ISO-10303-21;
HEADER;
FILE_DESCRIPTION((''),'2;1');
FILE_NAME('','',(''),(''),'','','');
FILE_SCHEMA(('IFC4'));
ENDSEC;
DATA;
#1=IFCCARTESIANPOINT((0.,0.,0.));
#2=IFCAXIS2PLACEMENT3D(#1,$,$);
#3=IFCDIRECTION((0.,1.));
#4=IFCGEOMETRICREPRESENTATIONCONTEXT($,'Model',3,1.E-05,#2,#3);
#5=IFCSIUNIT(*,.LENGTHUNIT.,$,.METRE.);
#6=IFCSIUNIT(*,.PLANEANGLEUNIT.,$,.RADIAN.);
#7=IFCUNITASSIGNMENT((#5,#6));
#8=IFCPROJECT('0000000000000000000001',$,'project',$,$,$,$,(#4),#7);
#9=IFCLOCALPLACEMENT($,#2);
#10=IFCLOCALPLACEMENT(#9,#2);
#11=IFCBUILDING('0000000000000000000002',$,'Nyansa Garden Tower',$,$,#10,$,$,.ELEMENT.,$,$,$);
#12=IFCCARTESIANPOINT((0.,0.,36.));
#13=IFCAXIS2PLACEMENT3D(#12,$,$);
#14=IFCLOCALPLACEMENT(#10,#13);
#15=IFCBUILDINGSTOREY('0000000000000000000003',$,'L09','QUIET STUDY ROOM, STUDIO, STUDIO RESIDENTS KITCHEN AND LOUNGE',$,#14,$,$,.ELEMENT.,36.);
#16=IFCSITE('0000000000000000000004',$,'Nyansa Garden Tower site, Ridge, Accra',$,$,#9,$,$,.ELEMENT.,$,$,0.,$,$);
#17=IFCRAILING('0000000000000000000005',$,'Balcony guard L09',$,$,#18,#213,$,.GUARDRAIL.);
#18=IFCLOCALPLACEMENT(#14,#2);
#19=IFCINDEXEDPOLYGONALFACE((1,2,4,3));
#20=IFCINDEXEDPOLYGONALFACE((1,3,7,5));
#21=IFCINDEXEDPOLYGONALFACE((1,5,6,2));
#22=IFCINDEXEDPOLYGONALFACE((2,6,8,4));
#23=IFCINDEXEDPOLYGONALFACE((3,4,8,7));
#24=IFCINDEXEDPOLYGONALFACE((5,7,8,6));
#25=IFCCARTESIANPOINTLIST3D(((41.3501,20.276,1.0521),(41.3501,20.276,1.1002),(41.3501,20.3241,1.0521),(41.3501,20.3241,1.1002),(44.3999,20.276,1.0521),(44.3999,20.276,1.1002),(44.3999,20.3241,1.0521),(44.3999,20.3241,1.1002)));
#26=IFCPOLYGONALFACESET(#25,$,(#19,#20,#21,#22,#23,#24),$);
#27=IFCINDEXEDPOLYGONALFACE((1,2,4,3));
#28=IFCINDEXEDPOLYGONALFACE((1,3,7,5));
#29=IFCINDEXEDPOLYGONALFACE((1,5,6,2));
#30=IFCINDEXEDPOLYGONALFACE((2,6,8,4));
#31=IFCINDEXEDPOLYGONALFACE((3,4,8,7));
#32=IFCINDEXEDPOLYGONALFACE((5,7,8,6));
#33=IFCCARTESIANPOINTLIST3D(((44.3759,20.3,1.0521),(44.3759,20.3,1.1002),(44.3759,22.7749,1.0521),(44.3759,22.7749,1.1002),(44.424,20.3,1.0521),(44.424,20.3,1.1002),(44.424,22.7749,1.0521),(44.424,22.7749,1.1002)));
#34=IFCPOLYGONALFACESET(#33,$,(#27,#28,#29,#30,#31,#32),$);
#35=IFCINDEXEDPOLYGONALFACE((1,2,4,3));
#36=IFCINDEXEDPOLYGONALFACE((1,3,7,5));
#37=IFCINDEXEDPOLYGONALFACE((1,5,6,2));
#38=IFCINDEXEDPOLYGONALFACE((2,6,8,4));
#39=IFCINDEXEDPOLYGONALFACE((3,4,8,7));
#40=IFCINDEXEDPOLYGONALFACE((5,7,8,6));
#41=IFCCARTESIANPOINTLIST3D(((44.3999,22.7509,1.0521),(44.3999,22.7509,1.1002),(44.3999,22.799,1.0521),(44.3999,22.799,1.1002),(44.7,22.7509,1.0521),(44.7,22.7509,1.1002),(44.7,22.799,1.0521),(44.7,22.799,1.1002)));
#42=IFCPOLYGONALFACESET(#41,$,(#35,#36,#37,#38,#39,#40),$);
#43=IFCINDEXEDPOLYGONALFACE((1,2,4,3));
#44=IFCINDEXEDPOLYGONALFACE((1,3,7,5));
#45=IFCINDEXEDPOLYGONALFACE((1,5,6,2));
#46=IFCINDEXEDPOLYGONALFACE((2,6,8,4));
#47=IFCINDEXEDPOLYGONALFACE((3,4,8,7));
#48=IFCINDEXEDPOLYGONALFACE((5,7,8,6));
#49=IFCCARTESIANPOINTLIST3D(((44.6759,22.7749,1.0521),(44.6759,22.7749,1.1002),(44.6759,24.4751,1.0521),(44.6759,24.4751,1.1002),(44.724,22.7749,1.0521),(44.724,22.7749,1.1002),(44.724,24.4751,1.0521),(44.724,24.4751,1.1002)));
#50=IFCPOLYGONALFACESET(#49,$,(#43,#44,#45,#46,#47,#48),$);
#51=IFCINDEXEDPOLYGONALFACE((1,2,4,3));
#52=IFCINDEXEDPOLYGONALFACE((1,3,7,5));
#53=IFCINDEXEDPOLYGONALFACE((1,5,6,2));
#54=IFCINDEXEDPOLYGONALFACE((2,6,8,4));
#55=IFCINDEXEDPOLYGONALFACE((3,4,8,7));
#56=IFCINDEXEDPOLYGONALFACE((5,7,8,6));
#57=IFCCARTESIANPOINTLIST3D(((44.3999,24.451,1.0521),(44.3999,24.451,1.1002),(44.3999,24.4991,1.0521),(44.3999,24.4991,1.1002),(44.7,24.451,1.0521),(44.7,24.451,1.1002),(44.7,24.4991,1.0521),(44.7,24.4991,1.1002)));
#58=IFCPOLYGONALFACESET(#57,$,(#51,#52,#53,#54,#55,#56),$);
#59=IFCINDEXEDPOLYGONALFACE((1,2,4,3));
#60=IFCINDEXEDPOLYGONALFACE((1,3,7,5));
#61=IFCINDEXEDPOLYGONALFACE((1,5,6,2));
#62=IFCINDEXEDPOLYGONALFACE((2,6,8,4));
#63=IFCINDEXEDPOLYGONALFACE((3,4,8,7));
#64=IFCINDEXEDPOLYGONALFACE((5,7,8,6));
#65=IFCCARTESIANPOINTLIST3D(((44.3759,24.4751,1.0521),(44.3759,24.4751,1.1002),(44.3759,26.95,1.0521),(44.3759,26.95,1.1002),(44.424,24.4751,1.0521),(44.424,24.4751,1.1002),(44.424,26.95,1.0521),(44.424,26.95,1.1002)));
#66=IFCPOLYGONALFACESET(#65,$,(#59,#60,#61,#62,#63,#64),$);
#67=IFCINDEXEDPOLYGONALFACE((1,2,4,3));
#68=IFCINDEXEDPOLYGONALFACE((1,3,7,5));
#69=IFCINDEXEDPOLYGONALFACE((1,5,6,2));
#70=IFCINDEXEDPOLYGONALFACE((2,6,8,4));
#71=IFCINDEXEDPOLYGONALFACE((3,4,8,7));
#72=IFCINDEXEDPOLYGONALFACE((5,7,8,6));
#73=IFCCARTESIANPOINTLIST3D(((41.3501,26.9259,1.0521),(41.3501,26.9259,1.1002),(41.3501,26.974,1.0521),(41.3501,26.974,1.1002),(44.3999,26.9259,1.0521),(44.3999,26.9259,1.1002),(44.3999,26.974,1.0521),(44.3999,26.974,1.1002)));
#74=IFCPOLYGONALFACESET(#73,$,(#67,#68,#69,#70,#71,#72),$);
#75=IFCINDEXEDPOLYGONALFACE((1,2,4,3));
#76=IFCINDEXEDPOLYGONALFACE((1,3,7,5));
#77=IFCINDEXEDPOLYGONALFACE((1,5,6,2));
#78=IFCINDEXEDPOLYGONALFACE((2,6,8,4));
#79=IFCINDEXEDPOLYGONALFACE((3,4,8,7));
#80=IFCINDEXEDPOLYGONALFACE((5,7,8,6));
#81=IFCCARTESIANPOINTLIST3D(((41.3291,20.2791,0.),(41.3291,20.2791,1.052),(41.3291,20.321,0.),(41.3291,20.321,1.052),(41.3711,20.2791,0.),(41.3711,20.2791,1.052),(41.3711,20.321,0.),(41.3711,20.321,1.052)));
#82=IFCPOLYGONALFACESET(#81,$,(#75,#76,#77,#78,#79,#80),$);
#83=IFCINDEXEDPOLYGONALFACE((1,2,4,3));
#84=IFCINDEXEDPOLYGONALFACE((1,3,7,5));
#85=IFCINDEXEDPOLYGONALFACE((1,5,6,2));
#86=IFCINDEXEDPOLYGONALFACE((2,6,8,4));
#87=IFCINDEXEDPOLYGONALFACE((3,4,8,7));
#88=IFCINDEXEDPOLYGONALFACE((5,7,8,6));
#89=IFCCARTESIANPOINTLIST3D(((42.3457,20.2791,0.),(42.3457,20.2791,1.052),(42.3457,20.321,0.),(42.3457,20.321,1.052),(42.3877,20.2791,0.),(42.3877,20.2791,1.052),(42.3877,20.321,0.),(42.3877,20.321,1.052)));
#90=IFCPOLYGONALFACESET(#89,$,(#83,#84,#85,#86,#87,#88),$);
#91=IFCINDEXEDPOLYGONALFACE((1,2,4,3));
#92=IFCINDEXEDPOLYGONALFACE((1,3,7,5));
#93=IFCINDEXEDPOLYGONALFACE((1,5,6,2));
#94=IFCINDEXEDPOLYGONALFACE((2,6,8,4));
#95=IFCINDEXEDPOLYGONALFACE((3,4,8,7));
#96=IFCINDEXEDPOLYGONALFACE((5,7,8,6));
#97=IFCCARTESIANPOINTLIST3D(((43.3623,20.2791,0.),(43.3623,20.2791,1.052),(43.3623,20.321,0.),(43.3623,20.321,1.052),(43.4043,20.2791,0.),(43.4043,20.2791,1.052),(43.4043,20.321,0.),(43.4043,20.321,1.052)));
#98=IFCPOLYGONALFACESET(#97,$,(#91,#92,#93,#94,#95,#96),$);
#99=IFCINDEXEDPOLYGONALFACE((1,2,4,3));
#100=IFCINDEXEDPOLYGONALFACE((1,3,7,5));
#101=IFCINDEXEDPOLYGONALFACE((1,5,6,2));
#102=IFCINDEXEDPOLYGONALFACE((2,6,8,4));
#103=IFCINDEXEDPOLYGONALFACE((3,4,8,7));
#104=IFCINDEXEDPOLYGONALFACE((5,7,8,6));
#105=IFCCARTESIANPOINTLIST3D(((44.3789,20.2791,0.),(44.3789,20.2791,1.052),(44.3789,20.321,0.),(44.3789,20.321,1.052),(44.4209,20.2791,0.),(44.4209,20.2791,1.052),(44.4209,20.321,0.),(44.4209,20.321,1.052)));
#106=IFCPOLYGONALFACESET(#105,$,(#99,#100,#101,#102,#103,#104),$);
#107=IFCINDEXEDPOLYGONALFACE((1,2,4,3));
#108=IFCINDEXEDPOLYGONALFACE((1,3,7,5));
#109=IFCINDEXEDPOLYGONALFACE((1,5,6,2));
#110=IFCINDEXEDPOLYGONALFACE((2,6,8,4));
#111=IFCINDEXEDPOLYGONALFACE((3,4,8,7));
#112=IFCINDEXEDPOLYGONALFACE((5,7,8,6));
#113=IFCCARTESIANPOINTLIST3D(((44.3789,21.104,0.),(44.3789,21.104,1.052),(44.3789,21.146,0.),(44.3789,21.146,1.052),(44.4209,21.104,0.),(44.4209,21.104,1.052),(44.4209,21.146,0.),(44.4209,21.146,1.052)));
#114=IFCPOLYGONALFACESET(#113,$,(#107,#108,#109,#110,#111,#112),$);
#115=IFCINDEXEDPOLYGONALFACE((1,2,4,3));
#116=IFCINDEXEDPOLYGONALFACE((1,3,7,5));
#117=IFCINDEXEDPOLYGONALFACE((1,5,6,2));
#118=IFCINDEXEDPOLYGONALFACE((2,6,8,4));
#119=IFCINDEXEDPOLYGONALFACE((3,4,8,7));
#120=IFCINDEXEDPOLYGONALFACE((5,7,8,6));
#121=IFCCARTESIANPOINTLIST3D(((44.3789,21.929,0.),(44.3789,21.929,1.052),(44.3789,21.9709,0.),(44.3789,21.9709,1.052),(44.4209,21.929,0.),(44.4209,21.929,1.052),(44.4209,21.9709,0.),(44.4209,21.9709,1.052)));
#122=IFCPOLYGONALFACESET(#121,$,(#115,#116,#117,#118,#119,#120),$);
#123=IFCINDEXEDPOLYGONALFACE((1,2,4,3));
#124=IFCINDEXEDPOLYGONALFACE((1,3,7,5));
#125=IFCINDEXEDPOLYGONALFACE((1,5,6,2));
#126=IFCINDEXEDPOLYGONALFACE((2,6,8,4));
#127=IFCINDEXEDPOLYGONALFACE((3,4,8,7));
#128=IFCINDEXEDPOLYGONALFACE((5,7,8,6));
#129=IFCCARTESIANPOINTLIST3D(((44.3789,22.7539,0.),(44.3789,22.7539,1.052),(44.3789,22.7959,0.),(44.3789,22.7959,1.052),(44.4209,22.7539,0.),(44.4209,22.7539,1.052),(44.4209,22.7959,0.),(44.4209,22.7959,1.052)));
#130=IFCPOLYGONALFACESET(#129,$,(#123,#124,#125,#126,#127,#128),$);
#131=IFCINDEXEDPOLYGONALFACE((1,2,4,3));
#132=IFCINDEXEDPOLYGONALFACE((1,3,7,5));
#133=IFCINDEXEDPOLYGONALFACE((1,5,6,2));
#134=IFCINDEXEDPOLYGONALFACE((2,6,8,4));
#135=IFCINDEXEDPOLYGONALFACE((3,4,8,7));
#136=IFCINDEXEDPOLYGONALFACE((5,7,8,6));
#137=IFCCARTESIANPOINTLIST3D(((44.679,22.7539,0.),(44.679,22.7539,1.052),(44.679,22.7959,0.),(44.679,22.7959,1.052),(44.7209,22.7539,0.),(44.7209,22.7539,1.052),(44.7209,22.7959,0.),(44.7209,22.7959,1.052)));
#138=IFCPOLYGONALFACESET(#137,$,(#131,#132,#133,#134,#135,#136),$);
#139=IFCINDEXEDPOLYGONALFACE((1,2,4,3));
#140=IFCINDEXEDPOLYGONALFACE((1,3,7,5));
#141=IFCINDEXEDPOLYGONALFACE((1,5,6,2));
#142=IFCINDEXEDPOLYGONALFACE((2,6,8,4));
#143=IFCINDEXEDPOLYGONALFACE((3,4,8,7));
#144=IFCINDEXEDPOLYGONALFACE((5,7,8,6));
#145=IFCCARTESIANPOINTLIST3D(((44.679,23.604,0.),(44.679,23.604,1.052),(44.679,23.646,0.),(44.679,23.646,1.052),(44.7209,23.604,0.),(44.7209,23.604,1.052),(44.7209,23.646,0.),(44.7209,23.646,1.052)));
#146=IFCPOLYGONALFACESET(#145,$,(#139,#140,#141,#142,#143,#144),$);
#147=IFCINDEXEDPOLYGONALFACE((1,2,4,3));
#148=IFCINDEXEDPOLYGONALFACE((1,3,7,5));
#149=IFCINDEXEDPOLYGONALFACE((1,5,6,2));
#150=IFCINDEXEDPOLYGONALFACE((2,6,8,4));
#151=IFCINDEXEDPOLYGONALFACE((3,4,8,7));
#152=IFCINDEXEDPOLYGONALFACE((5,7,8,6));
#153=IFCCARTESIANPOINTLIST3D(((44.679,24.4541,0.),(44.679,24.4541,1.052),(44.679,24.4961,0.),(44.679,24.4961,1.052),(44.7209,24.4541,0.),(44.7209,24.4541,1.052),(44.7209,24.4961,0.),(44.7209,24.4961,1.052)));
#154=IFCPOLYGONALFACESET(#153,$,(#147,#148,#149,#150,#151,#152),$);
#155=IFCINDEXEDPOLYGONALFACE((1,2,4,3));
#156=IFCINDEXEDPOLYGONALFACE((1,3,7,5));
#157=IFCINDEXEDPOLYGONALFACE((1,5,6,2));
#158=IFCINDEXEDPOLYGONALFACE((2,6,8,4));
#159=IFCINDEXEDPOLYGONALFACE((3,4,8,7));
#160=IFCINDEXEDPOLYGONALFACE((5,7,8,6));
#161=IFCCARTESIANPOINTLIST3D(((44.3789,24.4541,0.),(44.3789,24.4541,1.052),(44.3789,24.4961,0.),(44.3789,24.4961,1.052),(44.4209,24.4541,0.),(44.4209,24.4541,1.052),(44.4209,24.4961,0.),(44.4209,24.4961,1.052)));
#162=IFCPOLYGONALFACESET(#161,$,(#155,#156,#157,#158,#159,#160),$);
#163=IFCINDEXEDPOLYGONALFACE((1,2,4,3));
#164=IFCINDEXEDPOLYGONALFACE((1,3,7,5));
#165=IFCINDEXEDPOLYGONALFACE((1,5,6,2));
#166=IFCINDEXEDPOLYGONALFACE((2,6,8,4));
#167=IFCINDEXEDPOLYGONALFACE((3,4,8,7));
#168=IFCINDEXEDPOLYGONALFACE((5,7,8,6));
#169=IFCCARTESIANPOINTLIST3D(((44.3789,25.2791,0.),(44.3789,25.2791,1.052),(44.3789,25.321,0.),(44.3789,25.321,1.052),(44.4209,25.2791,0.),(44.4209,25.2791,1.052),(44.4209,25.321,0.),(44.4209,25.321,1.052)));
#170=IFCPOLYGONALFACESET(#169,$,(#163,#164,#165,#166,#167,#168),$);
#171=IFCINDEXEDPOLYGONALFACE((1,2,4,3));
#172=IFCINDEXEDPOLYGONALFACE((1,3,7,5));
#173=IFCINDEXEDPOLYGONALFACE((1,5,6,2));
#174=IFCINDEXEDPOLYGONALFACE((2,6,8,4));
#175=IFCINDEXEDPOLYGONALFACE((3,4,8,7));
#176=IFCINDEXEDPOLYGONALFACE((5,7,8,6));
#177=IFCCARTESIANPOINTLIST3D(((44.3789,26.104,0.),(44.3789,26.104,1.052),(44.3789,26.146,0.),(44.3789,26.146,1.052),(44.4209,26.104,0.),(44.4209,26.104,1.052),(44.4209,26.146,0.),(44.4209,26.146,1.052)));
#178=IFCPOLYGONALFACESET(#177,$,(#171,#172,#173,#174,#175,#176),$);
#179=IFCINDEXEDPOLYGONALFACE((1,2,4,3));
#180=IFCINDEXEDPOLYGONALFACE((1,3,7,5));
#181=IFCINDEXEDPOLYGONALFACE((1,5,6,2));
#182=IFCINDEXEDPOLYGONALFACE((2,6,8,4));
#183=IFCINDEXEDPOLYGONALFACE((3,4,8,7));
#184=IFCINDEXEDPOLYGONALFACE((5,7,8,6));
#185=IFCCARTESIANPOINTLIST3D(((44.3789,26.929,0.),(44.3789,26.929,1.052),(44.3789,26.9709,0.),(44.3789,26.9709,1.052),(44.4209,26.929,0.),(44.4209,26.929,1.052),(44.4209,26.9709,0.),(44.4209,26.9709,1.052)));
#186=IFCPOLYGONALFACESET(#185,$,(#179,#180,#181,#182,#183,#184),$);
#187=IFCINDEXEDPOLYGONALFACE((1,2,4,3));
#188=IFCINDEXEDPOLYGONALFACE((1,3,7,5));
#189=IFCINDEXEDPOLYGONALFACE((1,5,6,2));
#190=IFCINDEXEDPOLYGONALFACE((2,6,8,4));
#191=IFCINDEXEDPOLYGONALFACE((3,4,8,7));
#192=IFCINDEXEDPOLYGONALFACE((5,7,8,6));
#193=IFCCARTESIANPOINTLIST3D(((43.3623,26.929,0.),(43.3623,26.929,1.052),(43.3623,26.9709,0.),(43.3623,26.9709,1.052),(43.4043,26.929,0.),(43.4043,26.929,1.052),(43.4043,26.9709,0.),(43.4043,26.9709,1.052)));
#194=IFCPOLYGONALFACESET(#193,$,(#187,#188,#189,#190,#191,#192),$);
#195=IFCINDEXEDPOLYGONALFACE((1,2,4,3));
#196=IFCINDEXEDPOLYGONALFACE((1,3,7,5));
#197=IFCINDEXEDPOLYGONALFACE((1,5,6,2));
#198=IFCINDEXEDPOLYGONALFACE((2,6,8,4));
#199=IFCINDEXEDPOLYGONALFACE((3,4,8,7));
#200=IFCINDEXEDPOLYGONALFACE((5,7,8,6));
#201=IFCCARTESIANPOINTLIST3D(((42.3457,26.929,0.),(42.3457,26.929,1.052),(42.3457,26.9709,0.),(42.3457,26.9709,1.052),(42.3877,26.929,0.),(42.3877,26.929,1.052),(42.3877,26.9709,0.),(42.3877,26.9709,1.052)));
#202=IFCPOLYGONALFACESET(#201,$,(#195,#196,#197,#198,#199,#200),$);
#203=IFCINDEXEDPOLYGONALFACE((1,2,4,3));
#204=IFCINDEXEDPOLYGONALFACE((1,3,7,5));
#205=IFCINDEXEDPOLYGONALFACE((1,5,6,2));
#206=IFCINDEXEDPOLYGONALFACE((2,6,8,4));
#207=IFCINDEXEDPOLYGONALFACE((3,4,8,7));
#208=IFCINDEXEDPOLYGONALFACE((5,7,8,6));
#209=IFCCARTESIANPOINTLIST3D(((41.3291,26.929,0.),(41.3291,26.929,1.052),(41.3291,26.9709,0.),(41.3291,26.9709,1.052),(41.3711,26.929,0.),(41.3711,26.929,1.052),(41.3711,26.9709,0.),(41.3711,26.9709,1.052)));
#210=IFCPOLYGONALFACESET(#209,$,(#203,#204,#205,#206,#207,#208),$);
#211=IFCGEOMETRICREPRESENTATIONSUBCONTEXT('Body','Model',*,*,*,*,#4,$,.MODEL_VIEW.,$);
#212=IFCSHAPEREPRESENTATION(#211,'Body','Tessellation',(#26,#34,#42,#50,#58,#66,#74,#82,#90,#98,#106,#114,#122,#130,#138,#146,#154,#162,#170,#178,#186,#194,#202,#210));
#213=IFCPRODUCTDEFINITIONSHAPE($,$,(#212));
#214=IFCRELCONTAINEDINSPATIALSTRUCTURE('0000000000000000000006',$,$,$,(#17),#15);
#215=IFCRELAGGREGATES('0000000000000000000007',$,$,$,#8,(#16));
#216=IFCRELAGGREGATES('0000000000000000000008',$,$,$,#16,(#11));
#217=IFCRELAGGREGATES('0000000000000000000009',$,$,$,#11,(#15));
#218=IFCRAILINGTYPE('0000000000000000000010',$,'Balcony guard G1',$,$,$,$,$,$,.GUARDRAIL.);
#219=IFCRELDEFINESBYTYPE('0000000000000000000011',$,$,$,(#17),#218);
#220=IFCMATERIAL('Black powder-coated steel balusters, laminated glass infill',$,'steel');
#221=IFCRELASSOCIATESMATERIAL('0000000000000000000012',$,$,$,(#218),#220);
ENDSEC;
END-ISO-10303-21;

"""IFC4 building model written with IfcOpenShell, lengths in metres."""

from ifc_helpers import new_model, si_unit, direction, frame, origin, origin_2d, place, context, subcontext, project, spatial, rectangle, extrude, material, type_object, element, save


model = new_model("IFC4")

# Units and contexts
model_context = context("Model", 3, precision=1e-05, world=origin(), true_north=direction((0.0, 1.0)))
body_context = subcontext(model_context, "Body", "Model", "MODEL_VIEW")
ifc_project = project(units=[si_unit("LENGTHUNIT", "METRE"), si_unit("PLANEANGLEUNIT", "RADIAN")], contexts=[model_context])

# Site, building, storey
site_placement = place(None, origin())
site = spatial("IfcSite", under=ifc_project, at=site_placement, Name="Nyansa Garden Tower site, Ridge, Accra", CompositionType="ELEMENT", RefElevation=0.0)
building_placement = place(site_placement, origin())
building = spatial("IfcBuilding", under=site, at=building_placement, Name="Nyansa Garden Tower", CompositionType="ELEMENT")
storey_placement = place(building_placement, frame((0.0, 0.0, 36.0)))
storey = spatial("IfcBuildingStorey", under=building, at=storey_placement, Name="L09", Description="QUIET STUDY ROOM, STUDIO, STUDIO RESIDENTS KITCHEN AND LOUNGE", CompositionType="ELEMENT", Elevation=36.0)

# Railing
ifc_material_1 = material(Name="Black powder-coated steel balusters, laminated glass infill", Category="steel")
railing_type = type_object("IfcRailingType", Name="Balcony guard G1", PredefinedType="GUARDRAIL", material=ifc_material_1)
railing_placement = place(storey_placement, frame((41.3501, 20.3, 0.0)))
element("IfcRailing", 1, at=railing_placement, inside=storey, type_object=railing_type, Name="Balcony guard L09", PredefinedType="GUARDRAIL", context=body_context, shape_type="SweptSolid", body=[
    extrude(rectangle(XDim=0.0481, YDim=0.0481, at=origin_2d()), frame((0.0, 0.0, 1.0762), z_axis=(1.0, 0.0, 0.0), x_axis=(0.0, 1.0, 0.0)), (0.0, 0.0, 1.0), 3.0498),
    extrude(rectangle(XDim=0.0481, YDim=0.0481, at=origin_2d()), frame((3.0498, 0.0, 1.0762), z_axis=(0.0, 1.0, 0.0), x_axis=(-1.0, 0.0, 0.0)), (0.0, 0.0, 1.0), 2.4749),
    extrude(rectangle(XDim=0.0481, YDim=0.0481, at=origin_2d()), frame((3.0498, 2.4749, 1.0762), z_axis=(1.0, 0.0, 0.0), x_axis=(0.0, 1.0, 0.0)), (0.0, 0.0, 1.0), 0.3),
    extrude(rectangle(XDim=0.0481, YDim=0.0481, at=origin_2d()), frame((3.3499, 2.4749, 1.0762), z_axis=(0.0, 1.0, 0.0), x_axis=(-1.0, 0.0, 0.0)), (0.0, 0.0, 1.0), 1.7002),
    extrude(rectangle(XDim=0.0481, YDim=0.0481, at=origin_2d()), frame((3.3499, 4.175, 1.0762), z_axis=(-1.0, 0.0, 0.0), x_axis=(0.0, -1.0, 0.0)), (0.0, 0.0, 1.0), 0.3),
    extrude(rectangle(XDim=0.0481, YDim=0.0481, at=origin_2d()), frame((3.0498, 4.175, 1.0762), z_axis=(0.0, 1.0, 0.0), x_axis=(-1.0, 0.0, 0.0)), (0.0, 0.0, 1.0), 2.4749),
    extrude(rectangle(XDim=0.0481, YDim=0.0481, at=origin_2d()), frame((3.0498, 6.6499, 1.0762), z_axis=(-1.0, 0.0, 0.0), x_axis=(0.0, -1.0, 0.0)), (0.0, 0.0, 1.0), 3.0498),
    extrude(rectangle(XDim=0.042, YDim=0.042, at=origin_2d()), origin(), (0.0, 0.0, 1.0), 1.052),
    extrude(rectangle(XDim=0.042, YDim=0.042, at=origin_2d()), frame((1.0166, 0.0, 0.0)), (0.0, 0.0, 1.0), 1.052),
    extrude(rectangle(XDim=0.042, YDim=0.042, at=origin_2d()), frame((2.0332, 0.0, 0.0)), (0.0, 0.0, 1.0), 1.052),
    extrude(rectangle(XDim=0.042, YDim=0.042, at=origin_2d()), frame((3.0498, 0.0, 0.0)), (0.0, 0.0, 1.0), 1.052),
    extrude(rectangle(XDim=0.042, YDim=0.042, at=origin_2d()), frame((3.0498, 0.825, 0.0)), (0.0, 0.0, 1.0), 1.052),
    extrude(rectangle(XDim=0.042, YDim=0.042, at=origin_2d()), frame((3.0498, 1.6499, 0.0)), (0.0, 0.0, 1.0), 1.052),
    extrude(rectangle(XDim=0.042, YDim=0.042, at=origin_2d()), frame((3.0498, 2.4749, 0.0)), (0.0, 0.0, 1.0), 1.052),
    extrude(rectangle(XDim=0.042, YDim=0.042, at=origin_2d()), frame((3.3499, 2.4749, 0.0)), (0.0, 0.0, 1.0), 1.052),
    extrude(rectangle(XDim=0.042, YDim=0.042, at=origin_2d()), frame((3.3499, 3.325, 0.0)), (0.0, 0.0, 1.0), 1.052),
    extrude(rectangle(XDim=0.042, YDim=0.042, at=origin_2d()), frame((3.3499, 4.175, 0.0)), (0.0, 0.0, 1.0), 1.052),
    extrude(rectangle(XDim=0.042, YDim=0.042, at=origin_2d()), frame((3.0498, 4.175, 0.0)), (0.0, 0.0, 1.0), 1.052),
    extrude(rectangle(XDim=0.042, YDim=0.042, at=origin_2d()), frame((3.0498, 5.0, 0.0)), (0.0, 0.0, 1.0), 1.052),
    extrude(rectangle(XDim=0.042, YDim=0.042, at=origin_2d()), frame((3.0498, 5.825, 0.0)), (0.0, 0.0, 1.0), 1.052),
    extrude(rectangle(XDim=0.042, YDim=0.042, at=origin_2d()), frame((3.0498, 6.6499, 0.0)), (0.0, 0.0, 1.0), 1.052),
    extrude(rectangle(XDim=0.042, YDim=0.042, at=origin_2d()), frame((2.0332, 6.6499, 0.0)), (0.0, 0.0, 1.0), 1.052),
    extrude(rectangle(XDim=0.042, YDim=0.042, at=origin_2d()), frame((1.0166, 6.6499, 0.0)), (0.0, 0.0, 1.0), 1.052),
    extrude(rectangle(XDim=0.042, YDim=0.042, at=origin_2d()), frame((0.0, 6.6499, 0.0)), (0.0, 0.0, 1.0), 1.052),
])

save(model, "model.ifc")
